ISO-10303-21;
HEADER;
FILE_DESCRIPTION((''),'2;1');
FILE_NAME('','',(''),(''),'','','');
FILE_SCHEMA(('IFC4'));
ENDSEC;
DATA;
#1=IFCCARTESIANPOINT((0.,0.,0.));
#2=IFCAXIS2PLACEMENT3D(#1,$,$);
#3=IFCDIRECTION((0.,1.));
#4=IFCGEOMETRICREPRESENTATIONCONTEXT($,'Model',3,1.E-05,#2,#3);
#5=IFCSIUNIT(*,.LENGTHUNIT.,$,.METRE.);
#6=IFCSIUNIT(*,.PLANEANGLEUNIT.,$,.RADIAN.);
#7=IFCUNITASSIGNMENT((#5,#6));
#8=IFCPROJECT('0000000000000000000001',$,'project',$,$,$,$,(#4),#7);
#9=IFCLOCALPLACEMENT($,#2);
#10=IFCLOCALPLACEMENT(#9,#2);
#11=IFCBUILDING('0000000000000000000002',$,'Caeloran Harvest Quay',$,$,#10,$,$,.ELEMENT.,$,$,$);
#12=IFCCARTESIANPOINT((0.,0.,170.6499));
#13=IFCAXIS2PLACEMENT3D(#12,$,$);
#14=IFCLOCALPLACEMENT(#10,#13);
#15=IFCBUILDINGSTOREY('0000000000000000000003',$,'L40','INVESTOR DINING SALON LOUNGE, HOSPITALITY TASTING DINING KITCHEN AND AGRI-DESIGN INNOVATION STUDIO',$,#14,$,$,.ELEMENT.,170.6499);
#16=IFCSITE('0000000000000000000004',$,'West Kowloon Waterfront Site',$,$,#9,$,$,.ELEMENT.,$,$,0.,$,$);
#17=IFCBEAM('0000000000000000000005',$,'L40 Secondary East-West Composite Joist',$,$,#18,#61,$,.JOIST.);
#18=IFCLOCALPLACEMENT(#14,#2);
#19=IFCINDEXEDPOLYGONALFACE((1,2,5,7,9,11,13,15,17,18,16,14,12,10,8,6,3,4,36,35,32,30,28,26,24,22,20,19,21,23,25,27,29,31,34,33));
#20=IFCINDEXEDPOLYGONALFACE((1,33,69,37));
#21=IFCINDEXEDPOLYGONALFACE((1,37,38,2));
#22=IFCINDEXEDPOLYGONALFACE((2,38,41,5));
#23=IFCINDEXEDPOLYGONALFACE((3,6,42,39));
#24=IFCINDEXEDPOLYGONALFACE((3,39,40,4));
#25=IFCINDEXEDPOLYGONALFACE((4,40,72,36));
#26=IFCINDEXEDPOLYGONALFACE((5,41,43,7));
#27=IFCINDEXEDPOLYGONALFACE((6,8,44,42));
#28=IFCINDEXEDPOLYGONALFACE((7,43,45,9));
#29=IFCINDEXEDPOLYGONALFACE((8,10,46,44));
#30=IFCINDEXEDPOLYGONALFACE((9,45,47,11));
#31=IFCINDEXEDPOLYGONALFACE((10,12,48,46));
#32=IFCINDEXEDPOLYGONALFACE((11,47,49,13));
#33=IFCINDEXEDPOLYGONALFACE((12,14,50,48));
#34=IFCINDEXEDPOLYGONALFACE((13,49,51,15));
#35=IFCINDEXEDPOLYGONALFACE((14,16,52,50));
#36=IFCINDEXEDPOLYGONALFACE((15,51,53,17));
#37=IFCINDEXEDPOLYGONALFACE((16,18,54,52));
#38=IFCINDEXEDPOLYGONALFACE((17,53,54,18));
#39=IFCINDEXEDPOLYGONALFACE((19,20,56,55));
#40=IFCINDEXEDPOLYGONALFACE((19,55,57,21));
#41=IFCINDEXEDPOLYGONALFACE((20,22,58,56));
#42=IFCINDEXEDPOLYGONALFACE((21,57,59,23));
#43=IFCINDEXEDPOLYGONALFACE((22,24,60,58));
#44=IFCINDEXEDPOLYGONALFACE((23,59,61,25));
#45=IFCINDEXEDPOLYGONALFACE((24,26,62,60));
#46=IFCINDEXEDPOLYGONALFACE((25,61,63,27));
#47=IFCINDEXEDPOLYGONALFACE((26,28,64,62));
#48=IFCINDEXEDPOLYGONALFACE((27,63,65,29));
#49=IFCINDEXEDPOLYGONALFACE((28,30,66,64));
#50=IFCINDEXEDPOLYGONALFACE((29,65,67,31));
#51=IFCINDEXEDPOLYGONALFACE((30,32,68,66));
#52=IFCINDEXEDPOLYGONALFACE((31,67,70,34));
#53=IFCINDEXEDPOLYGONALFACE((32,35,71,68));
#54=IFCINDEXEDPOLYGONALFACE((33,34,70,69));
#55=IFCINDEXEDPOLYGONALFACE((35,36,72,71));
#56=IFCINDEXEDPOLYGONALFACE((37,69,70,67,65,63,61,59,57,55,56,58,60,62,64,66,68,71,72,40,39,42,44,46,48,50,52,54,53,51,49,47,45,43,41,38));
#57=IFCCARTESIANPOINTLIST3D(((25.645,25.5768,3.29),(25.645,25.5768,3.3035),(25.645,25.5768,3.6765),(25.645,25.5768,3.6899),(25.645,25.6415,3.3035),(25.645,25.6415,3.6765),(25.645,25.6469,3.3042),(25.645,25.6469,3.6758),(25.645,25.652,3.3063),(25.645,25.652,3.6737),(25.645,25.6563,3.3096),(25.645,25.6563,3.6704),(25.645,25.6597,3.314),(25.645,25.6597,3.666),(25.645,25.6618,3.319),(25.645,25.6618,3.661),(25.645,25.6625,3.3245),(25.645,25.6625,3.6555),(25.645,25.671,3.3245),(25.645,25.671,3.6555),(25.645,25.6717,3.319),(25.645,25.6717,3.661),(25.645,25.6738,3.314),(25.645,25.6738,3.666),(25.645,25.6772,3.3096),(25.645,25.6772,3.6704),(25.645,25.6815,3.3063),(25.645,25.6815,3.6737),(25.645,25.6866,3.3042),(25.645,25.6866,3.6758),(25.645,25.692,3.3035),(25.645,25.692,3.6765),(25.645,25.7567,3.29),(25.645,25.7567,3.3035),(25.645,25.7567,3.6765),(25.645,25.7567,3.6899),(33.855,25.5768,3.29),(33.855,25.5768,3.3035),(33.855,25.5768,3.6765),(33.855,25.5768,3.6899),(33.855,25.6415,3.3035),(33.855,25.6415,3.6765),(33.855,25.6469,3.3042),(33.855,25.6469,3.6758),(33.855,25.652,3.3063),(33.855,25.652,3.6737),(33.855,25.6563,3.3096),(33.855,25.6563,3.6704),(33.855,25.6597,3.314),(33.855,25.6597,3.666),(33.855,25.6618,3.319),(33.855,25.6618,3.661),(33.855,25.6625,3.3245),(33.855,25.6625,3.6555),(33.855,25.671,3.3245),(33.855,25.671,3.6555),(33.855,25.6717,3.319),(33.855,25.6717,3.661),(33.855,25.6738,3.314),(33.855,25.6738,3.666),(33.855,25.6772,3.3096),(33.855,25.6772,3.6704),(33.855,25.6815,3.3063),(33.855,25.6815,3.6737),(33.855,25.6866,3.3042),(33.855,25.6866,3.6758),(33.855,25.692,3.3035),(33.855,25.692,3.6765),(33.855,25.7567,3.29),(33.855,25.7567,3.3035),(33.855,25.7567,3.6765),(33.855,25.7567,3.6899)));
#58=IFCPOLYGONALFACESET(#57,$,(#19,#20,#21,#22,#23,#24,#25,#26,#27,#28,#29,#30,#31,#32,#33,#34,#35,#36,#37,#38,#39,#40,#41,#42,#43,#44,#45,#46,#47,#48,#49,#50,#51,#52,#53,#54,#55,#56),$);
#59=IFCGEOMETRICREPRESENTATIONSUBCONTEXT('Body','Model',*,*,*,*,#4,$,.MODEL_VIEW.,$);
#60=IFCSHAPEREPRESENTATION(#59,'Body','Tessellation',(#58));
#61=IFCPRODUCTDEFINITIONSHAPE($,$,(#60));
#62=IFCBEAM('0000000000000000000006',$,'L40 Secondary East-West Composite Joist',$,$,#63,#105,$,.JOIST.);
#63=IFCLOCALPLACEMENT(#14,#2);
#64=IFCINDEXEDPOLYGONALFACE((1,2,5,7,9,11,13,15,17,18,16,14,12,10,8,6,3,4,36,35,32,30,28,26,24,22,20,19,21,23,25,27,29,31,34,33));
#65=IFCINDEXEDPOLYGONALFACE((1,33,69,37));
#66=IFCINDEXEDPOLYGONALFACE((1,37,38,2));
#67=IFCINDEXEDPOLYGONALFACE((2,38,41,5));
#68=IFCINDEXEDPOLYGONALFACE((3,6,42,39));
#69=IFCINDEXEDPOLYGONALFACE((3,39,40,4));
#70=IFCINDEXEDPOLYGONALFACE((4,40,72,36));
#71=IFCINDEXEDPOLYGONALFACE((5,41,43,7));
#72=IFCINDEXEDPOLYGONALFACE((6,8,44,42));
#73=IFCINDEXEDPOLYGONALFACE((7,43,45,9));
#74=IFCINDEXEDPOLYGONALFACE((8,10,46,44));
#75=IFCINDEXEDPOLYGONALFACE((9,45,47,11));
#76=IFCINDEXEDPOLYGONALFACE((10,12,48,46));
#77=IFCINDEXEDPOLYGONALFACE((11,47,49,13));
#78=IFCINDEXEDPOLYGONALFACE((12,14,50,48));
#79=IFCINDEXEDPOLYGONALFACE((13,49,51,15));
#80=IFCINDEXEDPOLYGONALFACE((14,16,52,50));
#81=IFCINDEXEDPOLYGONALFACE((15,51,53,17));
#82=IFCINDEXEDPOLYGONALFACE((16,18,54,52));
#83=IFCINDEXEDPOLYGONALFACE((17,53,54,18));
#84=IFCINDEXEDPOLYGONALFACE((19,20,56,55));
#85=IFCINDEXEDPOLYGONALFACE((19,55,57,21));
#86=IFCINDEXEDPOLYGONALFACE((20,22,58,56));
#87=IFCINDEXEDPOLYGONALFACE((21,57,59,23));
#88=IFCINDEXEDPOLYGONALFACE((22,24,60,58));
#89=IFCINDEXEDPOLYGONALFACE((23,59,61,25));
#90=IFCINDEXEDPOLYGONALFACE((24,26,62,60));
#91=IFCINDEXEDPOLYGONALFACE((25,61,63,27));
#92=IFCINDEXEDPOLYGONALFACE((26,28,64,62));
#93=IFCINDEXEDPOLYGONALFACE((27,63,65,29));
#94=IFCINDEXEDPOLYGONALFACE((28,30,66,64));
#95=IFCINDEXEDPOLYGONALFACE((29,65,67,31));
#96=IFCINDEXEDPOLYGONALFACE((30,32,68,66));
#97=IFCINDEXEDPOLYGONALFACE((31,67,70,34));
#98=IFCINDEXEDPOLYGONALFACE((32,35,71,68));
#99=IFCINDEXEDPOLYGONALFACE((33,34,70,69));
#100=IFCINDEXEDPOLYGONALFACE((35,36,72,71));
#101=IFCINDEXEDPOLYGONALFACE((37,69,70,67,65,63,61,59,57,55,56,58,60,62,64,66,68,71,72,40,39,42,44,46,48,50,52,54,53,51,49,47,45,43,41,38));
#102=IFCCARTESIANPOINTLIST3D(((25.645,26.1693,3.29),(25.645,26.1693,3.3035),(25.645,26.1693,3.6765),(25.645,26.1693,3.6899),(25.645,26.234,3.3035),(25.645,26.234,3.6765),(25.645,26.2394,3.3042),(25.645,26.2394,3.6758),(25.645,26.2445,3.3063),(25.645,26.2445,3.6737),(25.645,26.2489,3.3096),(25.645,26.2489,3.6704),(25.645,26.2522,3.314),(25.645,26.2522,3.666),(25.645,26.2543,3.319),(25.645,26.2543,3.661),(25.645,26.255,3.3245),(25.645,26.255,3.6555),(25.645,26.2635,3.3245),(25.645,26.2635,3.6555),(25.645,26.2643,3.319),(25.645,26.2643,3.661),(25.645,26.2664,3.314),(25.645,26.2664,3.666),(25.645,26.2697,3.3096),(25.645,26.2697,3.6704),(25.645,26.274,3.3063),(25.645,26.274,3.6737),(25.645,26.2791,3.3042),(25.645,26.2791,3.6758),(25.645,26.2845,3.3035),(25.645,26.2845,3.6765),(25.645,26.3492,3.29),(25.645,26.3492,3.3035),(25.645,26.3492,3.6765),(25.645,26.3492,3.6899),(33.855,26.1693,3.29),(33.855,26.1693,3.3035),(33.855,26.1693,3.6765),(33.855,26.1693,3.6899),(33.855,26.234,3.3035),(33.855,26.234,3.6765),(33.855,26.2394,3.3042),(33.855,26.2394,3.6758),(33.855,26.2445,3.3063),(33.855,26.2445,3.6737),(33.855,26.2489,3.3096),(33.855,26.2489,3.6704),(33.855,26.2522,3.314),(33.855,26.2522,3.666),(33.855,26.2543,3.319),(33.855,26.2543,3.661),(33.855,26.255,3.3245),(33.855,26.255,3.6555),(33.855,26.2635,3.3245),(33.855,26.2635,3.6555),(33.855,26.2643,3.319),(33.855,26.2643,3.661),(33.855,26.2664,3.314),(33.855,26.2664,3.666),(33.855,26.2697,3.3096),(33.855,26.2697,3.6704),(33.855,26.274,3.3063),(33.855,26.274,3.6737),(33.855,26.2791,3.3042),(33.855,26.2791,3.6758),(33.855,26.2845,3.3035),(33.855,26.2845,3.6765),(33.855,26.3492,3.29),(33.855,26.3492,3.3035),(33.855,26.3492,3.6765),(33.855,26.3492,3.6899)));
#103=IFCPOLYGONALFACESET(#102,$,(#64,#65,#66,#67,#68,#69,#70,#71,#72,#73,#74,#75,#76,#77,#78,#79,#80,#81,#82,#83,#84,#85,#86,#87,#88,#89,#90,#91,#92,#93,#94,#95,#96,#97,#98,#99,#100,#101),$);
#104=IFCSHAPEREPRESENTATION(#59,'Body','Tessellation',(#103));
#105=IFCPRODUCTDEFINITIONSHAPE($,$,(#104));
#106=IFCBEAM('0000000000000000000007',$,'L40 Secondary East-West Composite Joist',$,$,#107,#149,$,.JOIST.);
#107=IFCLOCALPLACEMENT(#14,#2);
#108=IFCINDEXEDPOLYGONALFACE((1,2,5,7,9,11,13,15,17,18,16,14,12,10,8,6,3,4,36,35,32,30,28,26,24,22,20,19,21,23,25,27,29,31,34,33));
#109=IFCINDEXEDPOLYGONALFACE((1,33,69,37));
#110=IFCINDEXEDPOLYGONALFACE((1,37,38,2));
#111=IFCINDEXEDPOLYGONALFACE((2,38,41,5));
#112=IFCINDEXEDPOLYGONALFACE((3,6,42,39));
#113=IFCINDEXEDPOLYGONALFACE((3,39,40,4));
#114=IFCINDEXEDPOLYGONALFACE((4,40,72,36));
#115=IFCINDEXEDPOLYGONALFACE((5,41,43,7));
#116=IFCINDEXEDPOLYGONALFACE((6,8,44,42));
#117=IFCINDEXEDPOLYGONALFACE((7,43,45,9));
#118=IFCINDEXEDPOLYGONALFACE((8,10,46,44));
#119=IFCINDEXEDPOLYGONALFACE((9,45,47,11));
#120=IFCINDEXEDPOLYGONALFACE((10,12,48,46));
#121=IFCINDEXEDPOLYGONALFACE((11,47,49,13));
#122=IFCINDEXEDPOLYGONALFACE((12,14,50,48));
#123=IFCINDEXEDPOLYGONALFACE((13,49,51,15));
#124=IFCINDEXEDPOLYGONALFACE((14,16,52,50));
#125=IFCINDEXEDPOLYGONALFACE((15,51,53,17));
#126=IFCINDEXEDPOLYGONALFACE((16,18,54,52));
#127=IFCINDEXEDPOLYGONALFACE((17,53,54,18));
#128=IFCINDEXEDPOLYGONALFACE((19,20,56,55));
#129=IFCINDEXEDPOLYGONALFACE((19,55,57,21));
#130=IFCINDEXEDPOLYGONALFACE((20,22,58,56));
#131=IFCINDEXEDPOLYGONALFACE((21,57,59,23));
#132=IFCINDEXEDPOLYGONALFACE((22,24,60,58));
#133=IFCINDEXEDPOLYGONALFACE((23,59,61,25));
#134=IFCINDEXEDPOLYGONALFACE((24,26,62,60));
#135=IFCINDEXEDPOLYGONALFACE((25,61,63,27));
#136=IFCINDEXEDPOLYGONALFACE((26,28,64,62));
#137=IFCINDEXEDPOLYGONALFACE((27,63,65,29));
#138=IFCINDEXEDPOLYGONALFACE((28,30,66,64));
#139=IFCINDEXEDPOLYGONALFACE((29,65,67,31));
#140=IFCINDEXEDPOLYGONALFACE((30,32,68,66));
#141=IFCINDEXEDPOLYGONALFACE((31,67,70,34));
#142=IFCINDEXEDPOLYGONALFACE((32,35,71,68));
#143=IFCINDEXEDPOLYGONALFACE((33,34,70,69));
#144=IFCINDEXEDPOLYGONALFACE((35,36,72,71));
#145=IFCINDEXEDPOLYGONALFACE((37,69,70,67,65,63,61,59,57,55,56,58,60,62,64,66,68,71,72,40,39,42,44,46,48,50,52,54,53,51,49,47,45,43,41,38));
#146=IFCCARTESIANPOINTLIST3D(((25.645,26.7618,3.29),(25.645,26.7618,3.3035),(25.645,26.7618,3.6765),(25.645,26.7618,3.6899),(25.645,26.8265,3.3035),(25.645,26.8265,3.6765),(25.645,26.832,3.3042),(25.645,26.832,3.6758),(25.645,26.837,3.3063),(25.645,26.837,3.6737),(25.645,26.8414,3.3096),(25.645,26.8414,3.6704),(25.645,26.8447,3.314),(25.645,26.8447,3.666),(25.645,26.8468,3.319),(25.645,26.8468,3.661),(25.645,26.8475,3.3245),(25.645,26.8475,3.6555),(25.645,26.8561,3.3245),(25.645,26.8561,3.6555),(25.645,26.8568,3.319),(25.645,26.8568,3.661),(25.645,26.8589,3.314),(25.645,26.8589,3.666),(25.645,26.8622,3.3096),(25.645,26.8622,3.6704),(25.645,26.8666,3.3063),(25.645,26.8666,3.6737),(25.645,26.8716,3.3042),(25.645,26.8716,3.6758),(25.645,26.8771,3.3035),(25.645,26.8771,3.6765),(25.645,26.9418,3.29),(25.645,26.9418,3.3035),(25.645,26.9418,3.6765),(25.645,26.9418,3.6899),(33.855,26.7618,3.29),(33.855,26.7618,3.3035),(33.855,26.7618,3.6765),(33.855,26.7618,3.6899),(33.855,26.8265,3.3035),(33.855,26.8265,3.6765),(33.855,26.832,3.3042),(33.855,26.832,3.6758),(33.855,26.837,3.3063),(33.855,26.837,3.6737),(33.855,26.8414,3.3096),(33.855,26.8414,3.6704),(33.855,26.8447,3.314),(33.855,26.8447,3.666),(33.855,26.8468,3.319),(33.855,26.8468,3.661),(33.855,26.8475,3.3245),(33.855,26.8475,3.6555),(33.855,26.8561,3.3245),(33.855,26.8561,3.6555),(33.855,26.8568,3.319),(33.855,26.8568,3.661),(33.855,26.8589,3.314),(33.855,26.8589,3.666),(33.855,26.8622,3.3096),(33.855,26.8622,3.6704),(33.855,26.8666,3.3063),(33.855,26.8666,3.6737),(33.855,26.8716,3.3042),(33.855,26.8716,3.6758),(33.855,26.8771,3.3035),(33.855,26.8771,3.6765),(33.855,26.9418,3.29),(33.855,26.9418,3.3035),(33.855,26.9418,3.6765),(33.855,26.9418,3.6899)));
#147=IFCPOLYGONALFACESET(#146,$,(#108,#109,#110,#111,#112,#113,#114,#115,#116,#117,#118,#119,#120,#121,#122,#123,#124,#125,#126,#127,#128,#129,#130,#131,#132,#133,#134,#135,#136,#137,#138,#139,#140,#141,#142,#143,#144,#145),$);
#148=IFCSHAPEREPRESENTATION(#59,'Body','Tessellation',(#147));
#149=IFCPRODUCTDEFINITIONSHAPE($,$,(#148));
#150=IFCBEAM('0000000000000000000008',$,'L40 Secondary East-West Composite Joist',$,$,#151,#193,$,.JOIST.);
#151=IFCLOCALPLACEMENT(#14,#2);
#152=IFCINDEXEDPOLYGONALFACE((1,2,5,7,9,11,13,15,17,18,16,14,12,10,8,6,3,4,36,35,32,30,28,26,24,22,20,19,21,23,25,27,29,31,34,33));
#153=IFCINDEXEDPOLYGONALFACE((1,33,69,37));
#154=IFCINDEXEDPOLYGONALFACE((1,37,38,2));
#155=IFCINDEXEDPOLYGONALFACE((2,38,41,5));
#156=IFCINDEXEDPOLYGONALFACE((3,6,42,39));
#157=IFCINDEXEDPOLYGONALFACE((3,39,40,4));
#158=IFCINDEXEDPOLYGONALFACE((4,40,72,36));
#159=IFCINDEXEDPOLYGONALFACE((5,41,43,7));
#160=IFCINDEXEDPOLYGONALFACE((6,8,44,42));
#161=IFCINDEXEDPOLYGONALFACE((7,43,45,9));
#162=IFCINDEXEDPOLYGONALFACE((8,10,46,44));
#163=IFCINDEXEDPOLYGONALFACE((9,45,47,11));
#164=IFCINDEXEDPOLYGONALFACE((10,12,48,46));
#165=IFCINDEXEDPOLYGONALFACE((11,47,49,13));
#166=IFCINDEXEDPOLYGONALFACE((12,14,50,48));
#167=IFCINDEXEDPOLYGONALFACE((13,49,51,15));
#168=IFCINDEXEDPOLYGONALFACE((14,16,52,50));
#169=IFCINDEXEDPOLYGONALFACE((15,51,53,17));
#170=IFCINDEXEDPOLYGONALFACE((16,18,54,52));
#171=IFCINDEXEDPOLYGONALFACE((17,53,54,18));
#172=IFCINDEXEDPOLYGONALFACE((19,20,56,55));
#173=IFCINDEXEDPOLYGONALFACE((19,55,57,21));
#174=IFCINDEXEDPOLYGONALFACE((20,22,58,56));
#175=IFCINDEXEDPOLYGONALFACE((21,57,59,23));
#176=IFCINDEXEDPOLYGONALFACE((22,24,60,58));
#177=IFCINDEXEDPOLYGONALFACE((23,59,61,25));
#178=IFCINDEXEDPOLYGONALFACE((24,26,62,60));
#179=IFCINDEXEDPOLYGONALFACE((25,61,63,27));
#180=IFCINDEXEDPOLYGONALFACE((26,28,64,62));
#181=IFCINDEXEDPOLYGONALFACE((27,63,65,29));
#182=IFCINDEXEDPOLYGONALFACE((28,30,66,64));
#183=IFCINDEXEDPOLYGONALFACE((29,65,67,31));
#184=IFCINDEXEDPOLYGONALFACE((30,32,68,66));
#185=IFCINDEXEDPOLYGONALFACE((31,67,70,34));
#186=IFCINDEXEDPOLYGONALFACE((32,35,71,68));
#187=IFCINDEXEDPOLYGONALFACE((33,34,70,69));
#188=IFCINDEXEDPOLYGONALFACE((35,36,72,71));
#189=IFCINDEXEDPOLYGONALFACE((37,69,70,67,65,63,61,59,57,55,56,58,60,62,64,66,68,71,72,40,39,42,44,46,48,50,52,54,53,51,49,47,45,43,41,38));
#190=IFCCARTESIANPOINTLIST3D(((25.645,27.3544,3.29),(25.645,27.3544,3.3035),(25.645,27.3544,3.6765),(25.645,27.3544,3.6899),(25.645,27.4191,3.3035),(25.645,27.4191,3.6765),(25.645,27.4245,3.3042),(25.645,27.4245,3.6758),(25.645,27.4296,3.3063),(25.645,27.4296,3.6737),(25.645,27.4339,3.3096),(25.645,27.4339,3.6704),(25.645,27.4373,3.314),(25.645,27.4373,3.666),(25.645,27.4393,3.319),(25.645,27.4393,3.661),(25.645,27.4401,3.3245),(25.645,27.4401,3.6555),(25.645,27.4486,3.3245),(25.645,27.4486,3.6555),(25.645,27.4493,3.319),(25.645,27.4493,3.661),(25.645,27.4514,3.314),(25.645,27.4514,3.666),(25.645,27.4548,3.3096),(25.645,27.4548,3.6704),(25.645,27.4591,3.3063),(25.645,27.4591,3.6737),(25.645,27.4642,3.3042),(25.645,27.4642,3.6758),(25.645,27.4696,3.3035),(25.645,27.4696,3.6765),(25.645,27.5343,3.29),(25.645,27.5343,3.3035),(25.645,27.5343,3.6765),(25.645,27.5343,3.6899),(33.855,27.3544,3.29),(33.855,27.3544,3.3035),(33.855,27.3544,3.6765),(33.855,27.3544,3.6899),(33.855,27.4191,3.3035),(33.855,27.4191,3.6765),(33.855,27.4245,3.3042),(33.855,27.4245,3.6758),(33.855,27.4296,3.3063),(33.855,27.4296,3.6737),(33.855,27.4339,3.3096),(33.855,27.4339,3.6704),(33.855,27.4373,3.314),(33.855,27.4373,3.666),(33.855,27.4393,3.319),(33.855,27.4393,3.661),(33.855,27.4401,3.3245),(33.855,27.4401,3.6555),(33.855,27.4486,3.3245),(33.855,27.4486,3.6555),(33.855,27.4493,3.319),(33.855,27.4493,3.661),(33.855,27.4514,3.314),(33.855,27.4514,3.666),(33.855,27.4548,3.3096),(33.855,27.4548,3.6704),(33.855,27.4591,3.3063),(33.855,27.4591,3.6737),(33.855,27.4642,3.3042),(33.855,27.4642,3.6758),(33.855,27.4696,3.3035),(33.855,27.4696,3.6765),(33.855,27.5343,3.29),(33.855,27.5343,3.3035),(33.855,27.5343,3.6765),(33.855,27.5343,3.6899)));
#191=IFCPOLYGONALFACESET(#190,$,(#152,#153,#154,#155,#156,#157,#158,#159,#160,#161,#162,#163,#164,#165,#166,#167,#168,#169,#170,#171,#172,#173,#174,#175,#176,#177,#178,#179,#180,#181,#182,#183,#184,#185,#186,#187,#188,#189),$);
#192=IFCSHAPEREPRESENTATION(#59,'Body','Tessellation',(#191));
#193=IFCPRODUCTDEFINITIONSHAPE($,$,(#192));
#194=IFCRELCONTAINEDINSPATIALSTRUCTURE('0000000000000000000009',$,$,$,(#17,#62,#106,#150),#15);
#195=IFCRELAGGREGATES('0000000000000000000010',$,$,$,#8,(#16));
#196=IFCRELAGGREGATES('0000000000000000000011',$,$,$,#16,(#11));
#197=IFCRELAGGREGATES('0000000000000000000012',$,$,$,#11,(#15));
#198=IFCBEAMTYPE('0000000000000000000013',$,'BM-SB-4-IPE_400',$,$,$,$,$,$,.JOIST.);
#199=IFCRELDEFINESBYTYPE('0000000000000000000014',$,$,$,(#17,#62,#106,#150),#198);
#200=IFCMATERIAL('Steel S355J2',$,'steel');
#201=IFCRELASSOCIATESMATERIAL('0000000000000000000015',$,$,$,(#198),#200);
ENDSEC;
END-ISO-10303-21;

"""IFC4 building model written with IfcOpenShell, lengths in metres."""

from ifc_helpers import new_model, si_unit, direction, frame, origin, origin_2d, place, context, subcontext, project, spatial, i_section, extrude, material, material_profile, profile_set, type_object, element, save


model = new_model("IFC4")

# Units and contexts
model_context = context("Model", 3, precision=1e-05, world=origin(), true_north=direction((0.0, 1.0)))
body_context = subcontext(model_context, "Body", "Model", "MODEL_VIEW")
ifc_project = project(units=[si_unit("LENGTHUNIT", "METRE"), si_unit("PLANEANGLEUNIT", "RADIAN")], contexts=[model_context])

# Site, building, storey
site_placement = place(None, origin())
site = spatial("IfcSite", under=ifc_project, at=site_placement, Name="West Kowloon Waterfront Site", CompositionType="ELEMENT", RefElevation=0.0)
building_placement = place(site_placement, origin())
building = spatial("IfcBuilding", under=site, at=building_placement, Name="Caeloran Harvest Quay", CompositionType="ELEMENT")
storey_placement = place(building_placement, frame((0.0, 0.0, 170.6499)))
storey = spatial("IfcBuildingStorey", under=building, at=storey_placement, Name="L40", Description="INVESTOR DINING SALON LOUNGE, HOSPITALITY TASTING DINING KITCHEN AND AGRI-DESIGN INNOVATION STUDIO", CompositionType="ELEMENT", Elevation=170.6499)

# Beams
ifc_material_1 = material(Name="Steel S355J2", Category="steel")
ifc_material_profile_1 = material_profile(ifc_material_1, i_section(OverallWidth=0.1799, OverallDepth=0.3999, WebThickness=0.0085, FlangeThickness=0.0134, FilletRadius=0.021, at=origin_2d()), Name="IPE 400")
ifc_profile_set_1 = profile_set([ifc_material_profile_1], Name="Steel S355J2")
beam_type_1 = type_object("IfcBeamType", Name="BM-SB-4-IPE_400", PredefinedType="JOIST", material=ifc_profile_set_1)
for number, where, z_axis, x_axis, name in (
    (1, (25.645, 25.6667, 3.49), (1.0, 0.0, 0.0), (0.0, 1.0, 0.0), "L40 Secondary East-West Composite Joist"),
    (2, (25.645, 26.2593, 3.49), (1.0, 0.0, 0.0), (0.0, 1.0, 0.0), "L40 Secondary East-West Composite Joist"),
    (3, (25.645, 26.8518, 3.49), (1.0, 0.0, 0.0), (0.0, 1.0, 0.0), "L40 Secondary East-West Composite Joist"),
    (4, (25.645, 27.4443, 3.49), (1.0, 0.0, 0.0), (0.0, 1.0, 0.0), "L40 Secondary East-West Composite Joist"),
):
    element("IfcBeam", number, at=place(storey_placement, frame(where, z_axis=z_axis, x_axis=x_axis)), inside=storey, type_object=beam_type_1, Name=name, PredefinedType="JOIST", context=body_context, shape_type="SweptSolid", body=[
        extrude(i_section(OverallWidth=0.1799, OverallDepth=0.3999, WebThickness=0.0085, FlangeThickness=0.0134, FilletRadius=0.021, at=origin_2d()), origin(), (0.0, 0.0, 1.0), 8.21),
    ])

save(model, "model.ifc")
